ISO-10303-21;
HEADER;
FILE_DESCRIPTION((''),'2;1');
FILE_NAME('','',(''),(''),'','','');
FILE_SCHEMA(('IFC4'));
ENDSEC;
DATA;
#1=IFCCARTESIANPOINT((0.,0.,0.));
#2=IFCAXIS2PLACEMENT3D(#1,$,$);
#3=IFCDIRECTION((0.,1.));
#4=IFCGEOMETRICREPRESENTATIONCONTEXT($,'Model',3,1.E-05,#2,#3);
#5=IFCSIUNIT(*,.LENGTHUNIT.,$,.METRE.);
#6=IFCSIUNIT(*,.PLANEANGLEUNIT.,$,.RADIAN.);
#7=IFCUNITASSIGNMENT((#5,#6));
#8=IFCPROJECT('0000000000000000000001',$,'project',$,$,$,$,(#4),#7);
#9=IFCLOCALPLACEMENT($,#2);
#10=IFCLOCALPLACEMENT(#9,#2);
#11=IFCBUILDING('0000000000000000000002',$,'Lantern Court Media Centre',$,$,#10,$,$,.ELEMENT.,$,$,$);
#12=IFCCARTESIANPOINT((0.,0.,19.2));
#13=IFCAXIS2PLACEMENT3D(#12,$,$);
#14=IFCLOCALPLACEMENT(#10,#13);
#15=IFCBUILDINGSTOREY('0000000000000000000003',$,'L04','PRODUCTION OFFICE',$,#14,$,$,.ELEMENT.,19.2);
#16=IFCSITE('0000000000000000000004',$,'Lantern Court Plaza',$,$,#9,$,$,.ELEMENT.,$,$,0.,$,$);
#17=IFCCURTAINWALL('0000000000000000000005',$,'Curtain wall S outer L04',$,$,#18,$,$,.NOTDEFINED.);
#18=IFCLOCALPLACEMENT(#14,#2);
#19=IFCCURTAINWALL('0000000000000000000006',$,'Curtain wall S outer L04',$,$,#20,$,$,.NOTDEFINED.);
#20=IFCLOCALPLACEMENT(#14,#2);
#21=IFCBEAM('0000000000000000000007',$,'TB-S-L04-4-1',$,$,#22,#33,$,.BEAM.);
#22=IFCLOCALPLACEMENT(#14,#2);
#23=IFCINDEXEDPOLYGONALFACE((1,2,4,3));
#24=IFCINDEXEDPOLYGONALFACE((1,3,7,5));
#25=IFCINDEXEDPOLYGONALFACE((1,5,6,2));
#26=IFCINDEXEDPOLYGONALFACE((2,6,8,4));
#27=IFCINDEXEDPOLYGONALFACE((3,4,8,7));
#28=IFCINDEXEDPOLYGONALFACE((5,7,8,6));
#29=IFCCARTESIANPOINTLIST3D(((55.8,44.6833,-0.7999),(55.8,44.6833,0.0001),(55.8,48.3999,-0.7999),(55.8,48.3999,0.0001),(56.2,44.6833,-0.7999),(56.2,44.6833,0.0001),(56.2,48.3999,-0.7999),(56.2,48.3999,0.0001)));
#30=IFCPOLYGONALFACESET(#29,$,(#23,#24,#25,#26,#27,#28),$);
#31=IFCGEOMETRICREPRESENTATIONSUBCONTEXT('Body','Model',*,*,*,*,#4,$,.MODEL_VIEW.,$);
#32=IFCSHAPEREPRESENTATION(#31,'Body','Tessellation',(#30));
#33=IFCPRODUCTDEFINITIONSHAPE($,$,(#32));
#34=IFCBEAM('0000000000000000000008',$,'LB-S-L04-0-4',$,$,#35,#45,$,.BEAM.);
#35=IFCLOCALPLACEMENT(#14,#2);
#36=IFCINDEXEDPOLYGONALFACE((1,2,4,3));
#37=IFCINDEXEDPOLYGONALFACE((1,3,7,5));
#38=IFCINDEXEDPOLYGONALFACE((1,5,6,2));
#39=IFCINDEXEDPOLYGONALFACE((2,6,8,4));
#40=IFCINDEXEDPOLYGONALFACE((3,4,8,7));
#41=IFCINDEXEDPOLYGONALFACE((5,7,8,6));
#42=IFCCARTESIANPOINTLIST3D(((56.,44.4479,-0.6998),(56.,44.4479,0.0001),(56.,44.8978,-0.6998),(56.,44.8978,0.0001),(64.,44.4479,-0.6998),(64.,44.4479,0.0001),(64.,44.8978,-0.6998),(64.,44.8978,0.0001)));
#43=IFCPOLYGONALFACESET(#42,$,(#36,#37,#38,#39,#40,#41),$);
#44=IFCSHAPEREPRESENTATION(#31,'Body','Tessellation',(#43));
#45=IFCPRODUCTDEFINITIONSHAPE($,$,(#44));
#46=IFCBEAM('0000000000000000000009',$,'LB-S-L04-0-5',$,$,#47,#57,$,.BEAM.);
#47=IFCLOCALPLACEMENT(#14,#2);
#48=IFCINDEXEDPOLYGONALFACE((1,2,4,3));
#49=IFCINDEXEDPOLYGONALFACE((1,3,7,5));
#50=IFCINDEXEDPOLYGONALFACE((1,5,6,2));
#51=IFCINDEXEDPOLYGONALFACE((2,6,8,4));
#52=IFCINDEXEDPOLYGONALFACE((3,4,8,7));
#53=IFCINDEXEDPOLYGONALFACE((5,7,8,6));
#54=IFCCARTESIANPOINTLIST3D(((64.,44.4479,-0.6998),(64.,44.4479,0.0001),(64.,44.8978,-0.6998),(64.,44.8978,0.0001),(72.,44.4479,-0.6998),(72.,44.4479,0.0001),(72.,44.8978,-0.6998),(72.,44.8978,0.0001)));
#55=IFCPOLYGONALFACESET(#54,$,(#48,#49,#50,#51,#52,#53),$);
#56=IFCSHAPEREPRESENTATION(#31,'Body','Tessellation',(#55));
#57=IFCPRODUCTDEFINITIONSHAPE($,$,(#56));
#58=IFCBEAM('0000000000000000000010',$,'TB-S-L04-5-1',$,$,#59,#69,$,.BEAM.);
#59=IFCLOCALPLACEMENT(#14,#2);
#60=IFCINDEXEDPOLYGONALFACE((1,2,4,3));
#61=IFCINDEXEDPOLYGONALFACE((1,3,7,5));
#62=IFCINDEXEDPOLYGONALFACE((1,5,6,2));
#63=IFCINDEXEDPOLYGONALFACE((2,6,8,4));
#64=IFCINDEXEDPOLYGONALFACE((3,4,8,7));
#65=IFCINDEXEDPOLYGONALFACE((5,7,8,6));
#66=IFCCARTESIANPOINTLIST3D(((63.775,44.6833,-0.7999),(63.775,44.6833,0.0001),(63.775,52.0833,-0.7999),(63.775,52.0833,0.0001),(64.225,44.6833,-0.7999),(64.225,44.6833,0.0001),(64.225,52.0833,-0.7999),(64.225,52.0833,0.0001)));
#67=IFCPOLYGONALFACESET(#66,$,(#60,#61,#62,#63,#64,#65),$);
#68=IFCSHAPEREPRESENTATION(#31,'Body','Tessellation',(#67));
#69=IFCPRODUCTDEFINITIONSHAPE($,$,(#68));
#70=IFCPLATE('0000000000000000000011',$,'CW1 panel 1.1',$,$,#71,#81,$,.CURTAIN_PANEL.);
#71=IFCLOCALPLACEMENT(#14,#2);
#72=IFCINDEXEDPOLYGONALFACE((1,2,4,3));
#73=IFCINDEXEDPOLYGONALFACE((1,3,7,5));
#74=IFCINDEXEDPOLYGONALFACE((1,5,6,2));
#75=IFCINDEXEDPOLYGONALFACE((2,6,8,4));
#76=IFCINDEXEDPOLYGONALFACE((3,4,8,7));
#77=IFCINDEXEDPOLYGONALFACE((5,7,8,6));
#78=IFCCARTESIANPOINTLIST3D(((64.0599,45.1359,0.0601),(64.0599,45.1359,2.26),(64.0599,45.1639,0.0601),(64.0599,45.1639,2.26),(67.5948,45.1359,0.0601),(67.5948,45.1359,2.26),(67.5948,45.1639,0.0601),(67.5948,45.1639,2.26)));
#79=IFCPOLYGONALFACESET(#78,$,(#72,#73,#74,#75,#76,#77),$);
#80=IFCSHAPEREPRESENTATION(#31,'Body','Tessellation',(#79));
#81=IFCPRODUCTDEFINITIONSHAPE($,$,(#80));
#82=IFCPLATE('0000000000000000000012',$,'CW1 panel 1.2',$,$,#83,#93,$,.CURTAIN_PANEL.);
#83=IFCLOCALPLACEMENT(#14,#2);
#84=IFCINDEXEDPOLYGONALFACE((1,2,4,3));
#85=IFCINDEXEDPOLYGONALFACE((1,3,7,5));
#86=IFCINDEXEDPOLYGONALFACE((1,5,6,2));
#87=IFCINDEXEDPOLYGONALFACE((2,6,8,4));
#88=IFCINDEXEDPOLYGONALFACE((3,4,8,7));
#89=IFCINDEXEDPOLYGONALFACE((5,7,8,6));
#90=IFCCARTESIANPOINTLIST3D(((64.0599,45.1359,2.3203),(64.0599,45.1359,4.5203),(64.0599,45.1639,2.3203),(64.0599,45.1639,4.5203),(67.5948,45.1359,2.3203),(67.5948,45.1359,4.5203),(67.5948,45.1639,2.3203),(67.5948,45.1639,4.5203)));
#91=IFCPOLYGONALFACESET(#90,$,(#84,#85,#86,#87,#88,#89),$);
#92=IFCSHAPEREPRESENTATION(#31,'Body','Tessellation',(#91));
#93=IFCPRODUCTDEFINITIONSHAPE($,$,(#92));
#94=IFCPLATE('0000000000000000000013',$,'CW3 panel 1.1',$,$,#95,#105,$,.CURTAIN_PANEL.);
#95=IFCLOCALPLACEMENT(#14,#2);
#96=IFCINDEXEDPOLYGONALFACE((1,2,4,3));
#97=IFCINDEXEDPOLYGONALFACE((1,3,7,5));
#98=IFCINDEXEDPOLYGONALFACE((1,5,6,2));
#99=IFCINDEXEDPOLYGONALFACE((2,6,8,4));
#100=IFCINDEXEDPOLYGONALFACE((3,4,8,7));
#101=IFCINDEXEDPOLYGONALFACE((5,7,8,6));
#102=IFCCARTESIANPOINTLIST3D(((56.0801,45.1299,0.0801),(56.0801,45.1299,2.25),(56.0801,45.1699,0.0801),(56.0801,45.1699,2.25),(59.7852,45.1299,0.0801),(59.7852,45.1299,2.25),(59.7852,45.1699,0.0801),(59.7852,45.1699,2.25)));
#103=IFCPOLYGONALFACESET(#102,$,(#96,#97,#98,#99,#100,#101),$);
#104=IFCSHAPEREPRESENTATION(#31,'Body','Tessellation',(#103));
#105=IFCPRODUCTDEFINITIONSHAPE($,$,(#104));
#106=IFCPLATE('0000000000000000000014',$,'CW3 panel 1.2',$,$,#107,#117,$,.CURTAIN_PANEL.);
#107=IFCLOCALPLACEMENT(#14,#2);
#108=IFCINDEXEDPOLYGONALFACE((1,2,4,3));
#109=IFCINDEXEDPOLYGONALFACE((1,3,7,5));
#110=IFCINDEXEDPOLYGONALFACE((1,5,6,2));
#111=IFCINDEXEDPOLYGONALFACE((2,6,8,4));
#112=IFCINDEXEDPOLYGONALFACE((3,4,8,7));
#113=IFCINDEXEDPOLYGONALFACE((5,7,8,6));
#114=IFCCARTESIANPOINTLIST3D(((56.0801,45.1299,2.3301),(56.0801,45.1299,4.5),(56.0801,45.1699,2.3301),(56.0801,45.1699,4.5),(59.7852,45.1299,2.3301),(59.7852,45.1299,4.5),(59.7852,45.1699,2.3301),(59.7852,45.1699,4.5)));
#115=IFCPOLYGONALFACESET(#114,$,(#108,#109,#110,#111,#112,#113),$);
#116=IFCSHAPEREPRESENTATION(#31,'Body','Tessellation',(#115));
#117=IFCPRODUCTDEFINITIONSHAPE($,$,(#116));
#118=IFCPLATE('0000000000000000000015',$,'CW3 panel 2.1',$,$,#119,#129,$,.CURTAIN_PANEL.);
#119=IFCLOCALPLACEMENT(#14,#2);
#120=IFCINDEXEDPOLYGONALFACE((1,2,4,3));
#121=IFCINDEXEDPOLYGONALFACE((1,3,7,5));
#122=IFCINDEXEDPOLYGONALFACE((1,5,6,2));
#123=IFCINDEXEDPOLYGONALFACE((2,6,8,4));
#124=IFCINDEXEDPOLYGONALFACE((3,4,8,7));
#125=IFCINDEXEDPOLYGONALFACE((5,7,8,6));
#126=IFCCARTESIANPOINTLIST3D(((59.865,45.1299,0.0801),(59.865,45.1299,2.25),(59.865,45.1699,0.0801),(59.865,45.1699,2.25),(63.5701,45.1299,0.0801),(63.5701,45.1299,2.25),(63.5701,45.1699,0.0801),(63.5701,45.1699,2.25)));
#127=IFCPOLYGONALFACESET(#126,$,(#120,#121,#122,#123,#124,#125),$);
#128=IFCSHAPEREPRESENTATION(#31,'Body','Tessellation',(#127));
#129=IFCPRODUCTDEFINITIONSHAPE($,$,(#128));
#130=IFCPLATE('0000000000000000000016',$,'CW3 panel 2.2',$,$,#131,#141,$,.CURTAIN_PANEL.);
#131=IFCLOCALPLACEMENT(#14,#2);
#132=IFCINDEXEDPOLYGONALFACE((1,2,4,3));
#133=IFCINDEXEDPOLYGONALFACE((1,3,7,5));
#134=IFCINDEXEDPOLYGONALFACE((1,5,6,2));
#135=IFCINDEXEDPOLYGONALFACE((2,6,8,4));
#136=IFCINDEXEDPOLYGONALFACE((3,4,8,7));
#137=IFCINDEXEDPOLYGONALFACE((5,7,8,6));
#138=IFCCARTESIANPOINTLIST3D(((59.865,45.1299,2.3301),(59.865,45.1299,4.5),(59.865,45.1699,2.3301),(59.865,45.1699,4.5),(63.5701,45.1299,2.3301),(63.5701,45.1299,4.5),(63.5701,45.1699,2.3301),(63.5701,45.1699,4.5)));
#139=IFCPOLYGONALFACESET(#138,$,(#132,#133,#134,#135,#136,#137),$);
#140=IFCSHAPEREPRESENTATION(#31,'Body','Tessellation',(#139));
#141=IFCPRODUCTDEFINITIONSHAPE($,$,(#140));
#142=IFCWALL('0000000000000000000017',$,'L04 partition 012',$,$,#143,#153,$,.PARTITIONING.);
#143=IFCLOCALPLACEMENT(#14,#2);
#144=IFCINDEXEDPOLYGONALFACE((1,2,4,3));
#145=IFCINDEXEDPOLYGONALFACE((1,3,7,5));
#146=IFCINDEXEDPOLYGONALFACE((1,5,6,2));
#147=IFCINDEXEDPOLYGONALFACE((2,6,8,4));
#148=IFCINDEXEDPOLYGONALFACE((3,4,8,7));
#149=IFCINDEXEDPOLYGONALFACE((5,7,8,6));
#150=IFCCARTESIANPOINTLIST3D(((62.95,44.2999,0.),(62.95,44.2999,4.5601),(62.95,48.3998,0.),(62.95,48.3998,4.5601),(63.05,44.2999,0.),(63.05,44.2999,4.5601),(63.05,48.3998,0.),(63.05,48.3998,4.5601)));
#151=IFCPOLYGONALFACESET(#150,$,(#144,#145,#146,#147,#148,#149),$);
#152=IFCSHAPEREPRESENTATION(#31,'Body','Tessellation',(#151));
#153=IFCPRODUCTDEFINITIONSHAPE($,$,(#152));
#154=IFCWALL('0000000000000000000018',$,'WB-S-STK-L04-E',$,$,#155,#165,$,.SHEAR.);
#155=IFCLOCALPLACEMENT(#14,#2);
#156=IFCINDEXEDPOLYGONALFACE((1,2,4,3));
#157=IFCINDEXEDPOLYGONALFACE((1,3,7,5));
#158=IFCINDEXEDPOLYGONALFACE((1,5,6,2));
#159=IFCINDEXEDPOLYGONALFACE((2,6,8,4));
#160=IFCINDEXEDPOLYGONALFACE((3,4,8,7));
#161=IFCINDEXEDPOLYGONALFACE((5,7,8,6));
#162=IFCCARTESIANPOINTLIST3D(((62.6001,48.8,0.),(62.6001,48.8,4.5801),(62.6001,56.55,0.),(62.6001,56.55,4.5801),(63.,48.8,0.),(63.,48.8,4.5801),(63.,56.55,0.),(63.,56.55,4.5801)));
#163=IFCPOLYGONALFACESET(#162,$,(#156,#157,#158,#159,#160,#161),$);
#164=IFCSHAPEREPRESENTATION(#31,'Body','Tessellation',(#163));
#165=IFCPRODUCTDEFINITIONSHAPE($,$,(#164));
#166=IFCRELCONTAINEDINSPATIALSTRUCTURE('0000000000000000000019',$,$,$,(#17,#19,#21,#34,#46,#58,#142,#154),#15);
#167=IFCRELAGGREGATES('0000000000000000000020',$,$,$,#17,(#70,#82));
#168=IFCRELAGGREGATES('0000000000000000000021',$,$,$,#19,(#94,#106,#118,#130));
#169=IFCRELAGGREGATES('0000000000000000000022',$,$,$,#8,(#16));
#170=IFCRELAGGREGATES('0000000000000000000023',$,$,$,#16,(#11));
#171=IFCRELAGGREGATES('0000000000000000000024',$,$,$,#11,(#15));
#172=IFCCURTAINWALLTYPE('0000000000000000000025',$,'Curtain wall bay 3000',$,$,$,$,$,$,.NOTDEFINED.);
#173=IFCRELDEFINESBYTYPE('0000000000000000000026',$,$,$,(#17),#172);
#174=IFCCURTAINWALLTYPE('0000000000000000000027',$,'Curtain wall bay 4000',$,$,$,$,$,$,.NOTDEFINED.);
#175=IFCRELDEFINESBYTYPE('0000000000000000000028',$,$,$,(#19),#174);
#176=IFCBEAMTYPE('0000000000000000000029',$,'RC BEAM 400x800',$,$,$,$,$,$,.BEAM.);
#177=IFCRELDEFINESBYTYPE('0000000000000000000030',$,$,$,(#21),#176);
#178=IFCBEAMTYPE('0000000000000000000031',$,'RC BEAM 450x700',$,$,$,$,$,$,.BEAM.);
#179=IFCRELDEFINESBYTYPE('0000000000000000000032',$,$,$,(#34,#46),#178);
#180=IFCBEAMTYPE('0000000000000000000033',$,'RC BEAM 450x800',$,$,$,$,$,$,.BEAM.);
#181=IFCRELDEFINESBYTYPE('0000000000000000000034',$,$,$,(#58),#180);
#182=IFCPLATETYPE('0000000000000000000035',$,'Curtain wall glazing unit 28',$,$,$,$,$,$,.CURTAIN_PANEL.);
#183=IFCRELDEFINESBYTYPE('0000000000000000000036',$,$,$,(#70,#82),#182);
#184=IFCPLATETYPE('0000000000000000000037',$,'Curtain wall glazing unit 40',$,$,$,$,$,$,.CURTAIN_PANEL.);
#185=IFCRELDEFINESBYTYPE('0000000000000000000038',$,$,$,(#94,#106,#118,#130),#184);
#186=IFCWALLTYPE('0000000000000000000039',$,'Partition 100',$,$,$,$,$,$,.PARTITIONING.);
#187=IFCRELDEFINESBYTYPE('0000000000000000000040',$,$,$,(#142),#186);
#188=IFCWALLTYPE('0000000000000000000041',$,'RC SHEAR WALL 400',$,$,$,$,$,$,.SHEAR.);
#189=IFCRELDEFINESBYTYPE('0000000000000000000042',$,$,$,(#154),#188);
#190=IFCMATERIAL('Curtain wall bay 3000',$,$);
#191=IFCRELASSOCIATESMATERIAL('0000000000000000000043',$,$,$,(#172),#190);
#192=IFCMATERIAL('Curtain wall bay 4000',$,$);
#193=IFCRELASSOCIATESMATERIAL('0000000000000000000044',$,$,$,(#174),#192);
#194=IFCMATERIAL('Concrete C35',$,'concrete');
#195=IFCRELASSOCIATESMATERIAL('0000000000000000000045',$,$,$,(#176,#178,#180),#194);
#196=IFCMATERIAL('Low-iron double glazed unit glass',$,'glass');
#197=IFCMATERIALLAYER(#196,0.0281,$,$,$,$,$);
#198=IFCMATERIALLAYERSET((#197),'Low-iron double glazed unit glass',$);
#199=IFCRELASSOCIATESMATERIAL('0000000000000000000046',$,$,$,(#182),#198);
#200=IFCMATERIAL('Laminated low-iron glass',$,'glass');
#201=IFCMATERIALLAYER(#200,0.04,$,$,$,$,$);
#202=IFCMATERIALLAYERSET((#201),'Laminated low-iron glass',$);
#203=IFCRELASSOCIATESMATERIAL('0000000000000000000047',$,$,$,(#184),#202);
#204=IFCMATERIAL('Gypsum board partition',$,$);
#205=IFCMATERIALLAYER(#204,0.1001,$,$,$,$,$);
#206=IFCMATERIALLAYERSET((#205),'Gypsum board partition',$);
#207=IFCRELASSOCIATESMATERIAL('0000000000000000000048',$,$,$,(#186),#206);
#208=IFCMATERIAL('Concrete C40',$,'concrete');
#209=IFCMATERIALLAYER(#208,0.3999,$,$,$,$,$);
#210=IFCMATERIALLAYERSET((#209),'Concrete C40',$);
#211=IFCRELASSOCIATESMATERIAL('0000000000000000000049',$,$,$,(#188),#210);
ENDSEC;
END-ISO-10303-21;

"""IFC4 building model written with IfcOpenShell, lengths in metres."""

from ifc_helpers import new_model, si_unit, direction, frame, frame_2d, origin, origin_2d, place, context, subcontext, project, spatial, rectangle, extrude, material, layer, layer_set, material_profile, profile_set, type_object, element, aggregate, save


model = new_model("IFC4")

# Units and contexts
model_context = context("Model", 3, precision=1e-05, world=origin(), true_north=direction((0.0, 1.0)))
body_context = subcontext(model_context, "Body", "Model", "MODEL_VIEW")
ifc_project = project(units=[si_unit("LENGTHUNIT", "METRE"), si_unit("PLANEANGLEUNIT", "RADIAN")], contexts=[model_context])

# Site, building, storey
site_placement = place(None, origin())
site = spatial("IfcSite", under=ifc_project, at=site_placement, Name="Lantern Court Plaza", CompositionType="ELEMENT", RefElevation=0.0)
building_placement = place(site_placement, origin())
building = spatial("IfcBuilding", under=site, at=building_placement, Name="Lantern Court Media Centre", CompositionType="ELEMENT")
storey_placement = place(building_placement, frame((0.0, 0.0, 19.2)))
storey = spatial("IfcBuildingStorey", under=building, at=storey_placement, Name="L04", Description="PRODUCTION OFFICE", CompositionType="ELEMENT", Elevation=19.2)

# Shared definitions
ifc_material_1 = material(Name="Concrete C35", Category="concrete")

# Curtain wall
ifc_material_2 = material(Name="Curtain wall bay 3000")
curtain_wall_type_1 = type_object("IfcCurtainWallType", Name="Curtain wall bay 3000", PredefinedType="NOTDEFINED", material=ifc_material_2)
curtain_wall_1_placement = place(storey_placement, origin())
curtain_wall_1 = element("IfcCurtainWall", 1, at=curtain_wall_1_placement, inside=storey, type_object=curtain_wall_type_1, Name="Curtain wall S outer L04", PredefinedType="NOTDEFINED")

# Curtain wall
ifc_material_3 = material(Name="Curtain wall bay 4000")
curtain_wall_type_2 = type_object("IfcCurtainWallType", Name="Curtain wall bay 4000", PredefinedType="NOTDEFINED", material=ifc_material_3)
curtain_wall_2_placement = place(storey_placement, origin())
curtain_wall_2 = element("IfcCurtainWall", 2, at=curtain_wall_2_placement, inside=storey, type_object=curtain_wall_type_2, Name="Curtain wall S outer L04", PredefinedType="NOTDEFINED")

# Beams
ifc_material_profile_1 = material_profile(ifc_material_1, rectangle(XDim=0.3999, YDim=0.8, at=origin_2d()), Name="RC 400x800")
ifc_profile_set_1 = profile_set([ifc_material_profile_1], Name="Concrete C35")
beam_type_1 = type_object("IfcBeamType", Name="RC BEAM 400x800", PredefinedType="BEAM", material=ifc_profile_set_1)
beam_1_placement = place(storey_placement, frame((56.0, 44.6833, -0.3999), z_axis=(0.0, 1.0, 0.0), x_axis=(-1.0, 0.0, 0.0)))
element("IfcBeam", 3, at=beam_1_placement, inside=storey, type_object=beam_type_1, Name="TB-S-L04-4-1", PredefinedType="BEAM", context=body_context, shape_type="SweptSolid", body=[
    extrude(rectangle(XDim=0.3999, YDim=0.8, at=origin_2d()), origin(), (0.0, 0.0, 1.0), 3.7166),
])
ifc_material_profile_2 = material_profile(ifc_material_1, rectangle(XDim=0.45, YDim=0.7, at=origin_2d()), Name="RC 450x700")
ifc_profile_set_2 = profile_set([ifc_material_profile_2], Name="Concrete C35")
beam_type_2 = type_object("IfcBeamType", Name="RC BEAM 450x700", PredefinedType="BEAM", material=ifc_profile_set_2)
for number, where, z_axis, x_axis, name in (
    (4, (56.0, 44.6729, -0.3499), (1.0, 0.0, 0.0), (0.0, 1.0, 0.0), "LB-S-L04-0-4"),
    (5, (64.0, 44.6729, -0.3499), (1.0, 0.0, 0.0), (0.0, 1.0, 0.0), "LB-S-L04-0-5"),
):
    element("IfcBeam", number, at=place(storey_placement, frame(where, z_axis=z_axis, x_axis=x_axis)), inside=storey, type_object=beam_type_2, Name=name, PredefinedType="BEAM", context=body_context, shape_type="SweptSolid", body=[
        extrude(rectangle(XDim=0.45, YDim=0.7, at=origin_2d()), origin(), (0.0, 0.0, 1.0), 8.0),
    ])
ifc_material_profile_3 = material_profile(ifc_material_1, rectangle(XDim=0.45, YDim=0.8, at=origin_2d()), Name="RC 450x800")
ifc_profile_set_3 = profile_set([ifc_material_profile_3], Name="Concrete C35")
beam_type_3 = type_object("IfcBeamType", Name="RC BEAM 450x800", PredefinedType="BEAM", material=ifc_profile_set_3)
beam_2_placement = place(storey_placement, frame((64.0, 44.6833, -0.3999), z_axis=(0.0, 1.0, 0.0), x_axis=(-1.0, 0.0, 0.0)))
element("IfcBeam", 6, at=beam_2_placement, inside=storey, type_object=beam_type_3, Name="TB-S-L04-5-1", PredefinedType="BEAM", context=body_context, shape_type="SweptSolid", body=[
    extrude(rectangle(XDim=0.45, YDim=0.8, at=origin_2d()), origin(), (0.0, 0.0, 1.0), 7.3999),
])

# Plates
ifc_material_4 = material(Name="Low-iron double glazed unit glass", Category="glass")
ifc_layer_1 = layer(ifc_material_4, 0.0281)
ifc_layer_set_1 = layer_set([ifc_layer_1], Name="Low-iron double glazed unit glass")
plate_type_1 = type_object("IfcPlateType", Name="Curtain wall glazing unit 28", PredefinedType="CURTAIN_PANEL", material=ifc_layer_set_1)
plate_1_placement = place(storey_placement, frame((65.8274, 45.1499, 0.0601), z_axis=(0.0, 0.0, 1.0), x_axis=(1.0, 0.0, 0.0)))
plate_1 = element("IfcPlate", 7, at=plate_1_placement, type_object=plate_type_1, Name="CW1 panel 1.1", PredefinedType="CURTAIN_PANEL", context=body_context, shape_type="SweptSolid", body=[
    extrude(rectangle(XDim=3.5349, YDim=0.0281, at=origin_2d()), origin(), (0.0, 0.0, 1.0), 2.2),
])
plate_2_placement = place(storey_placement, frame((65.8274, 45.1499, 2.3203), z_axis=(0.0, 0.0, 1.0), x_axis=(1.0, 0.0, 0.0)))
plate_2 = element("IfcPlate", 8, at=plate_2_placement, type_object=plate_type_1, Name="CW1 panel 1.2", PredefinedType="CURTAIN_PANEL", context=body_context, shape_type="SweptSolid", body=[
    extrude(rectangle(XDim=3.5349, YDim=0.0281, at=origin_2d()), origin(), (0.0, 0.0, 1.0), 2.2),
])
aggregate(curtain_wall_1, [plate_1, plate_2])
ifc_material_5 = material(Name="Laminated low-iron glass", Category="glass")
ifc_layer_2 = layer(ifc_material_5, 0.04)
ifc_layer_set_2 = layer_set([ifc_layer_2], Name="Laminated low-iron glass")
plate_type_2 = type_object("IfcPlateType", Name="Curtain wall glazing unit 40", PredefinedType="CURTAIN_PANEL", material=ifc_layer_set_2)
plate_3_placement = place(storey_placement, frame((57.9326, 45.1499, 0.0801), z_axis=(0.0, 0.0, 1.0), x_axis=(1.0, 0.0, 0.0)))
plate_3 = element("IfcPlate", 9, at=plate_3_placement, type_object=plate_type_2, Name="CW3 panel 1.1", PredefinedType="CURTAIN_PANEL", context=body_context, shape_type="SweptSolid", body=[
    extrude(rectangle(XDim=3.7051, YDim=0.04, at=origin_2d()), origin(), (0.0, 0.0, 1.0), 2.1699),
])
plate_4_placement = place(storey_placement, frame((57.9326, 45.1499, 2.3301), z_axis=(0.0, 0.0, 1.0), x_axis=(1.0, 0.0, 0.0)))
plate_4 = element("IfcPlate", 10, at=plate_4_placement, type_object=plate_type_2, Name="CW3 panel 1.2", PredefinedType="CURTAIN_PANEL", context=body_context, shape_type="SweptSolid", body=[
    extrude(rectangle(XDim=3.7051, YDim=0.04, at=origin_2d()), origin(), (0.0, 0.0, 1.0), 2.1699),
])
plate_5_placement = place(storey_placement, frame((61.7175, 45.1499, 0.0801), z_axis=(0.0, 0.0, 1.0), x_axis=(1.0, 0.0, 0.0)))
plate_5 = element("IfcPlate", 11, at=plate_5_placement, type_object=plate_type_2, Name="CW3 panel 2.1", PredefinedType="CURTAIN_PANEL", context=body_context, shape_type="SweptSolid", body=[
    extrude(rectangle(XDim=3.7051, YDim=0.04, at=origin_2d()), origin(), (0.0, 0.0, 1.0), 2.1699),
])
plate_6_placement = place(storey_placement, frame((61.7175, 45.1499, 2.3301), z_axis=(0.0, 0.0, 1.0), x_axis=(1.0, 0.0, 0.0)))
plate_6 = element("IfcPlate", 12, at=plate_6_placement, type_object=plate_type_2, Name="CW3 panel 2.2", PredefinedType="CURTAIN_PANEL", context=body_context, shape_type="SweptSolid", body=[
    extrude(rectangle(XDim=3.7051, YDim=0.04, at=origin_2d()), origin(), (0.0, 0.0, 1.0), 2.1699),
])
aggregate(curtain_wall_2, [plate_3, plate_4, plate_5, plate_6])

# Walls
ifc_material_6 = material(Name="Gypsum board partition")
ifc_layer_3 = layer(ifc_material_6, 0.1001)
ifc_layer_set_3 = layer_set([ifc_layer_3], Name="Gypsum board partition")
wall_type_1 = type_object("IfcWallType", Name="Partition 100", PredefinedType="PARTITIONING", material=ifc_layer_set_3)
wall_1_placement = place(storey_placement, frame((63.0, 44.3, 0.0), z_axis=(0.0, 0.0, 1.0), x_axis=(0.0, 1.0, 0.0)))
element("IfcWall", 13, at=wall_1_placement, inside=storey, type_object=wall_type_1, Name="L04 partition 012", PredefinedType="PARTITIONING", context=body_context, shape_type="SweptSolid", body=[
    extrude(rectangle(XDim=4.0999, YDim=0.1001, at=frame_2d((2.0498, 0.0))), origin(), (0.0, 0.0, 1.0), 4.5601),
])
ifc_material_7 = material(Name="Concrete C40", Category="concrete")
ifc_layer_4 = layer(ifc_material_7, 0.3999)
ifc_layer_set_4 = layer_set([ifc_layer_4], Name="Concrete C40")
wall_type_2 = type_object("IfcWallType", Name="RC SHEAR WALL 400", PredefinedType="SHEAR", material=ifc_layer_set_4)
wall_2_placement = place(storey_placement, frame((62.8, 48.8, 0.0), z_axis=(0.0, 0.0, 1.0), x_axis=(0.0, 1.0, 0.0)))
element("IfcWall", 14, at=wall_2_placement, inside=storey, type_object=wall_type_2, Name="WB-S-STK-L04-E", PredefinedType="SHEAR", context=body_context, shape_type="SweptSolid", body=[
    extrude(rectangle(XDim=7.75, YDim=0.3999, at=frame_2d((3.875, 0.0))), origin(), (0.0, 0.0, 1.0), 4.5801),
])

save(model, "model.ifc")
